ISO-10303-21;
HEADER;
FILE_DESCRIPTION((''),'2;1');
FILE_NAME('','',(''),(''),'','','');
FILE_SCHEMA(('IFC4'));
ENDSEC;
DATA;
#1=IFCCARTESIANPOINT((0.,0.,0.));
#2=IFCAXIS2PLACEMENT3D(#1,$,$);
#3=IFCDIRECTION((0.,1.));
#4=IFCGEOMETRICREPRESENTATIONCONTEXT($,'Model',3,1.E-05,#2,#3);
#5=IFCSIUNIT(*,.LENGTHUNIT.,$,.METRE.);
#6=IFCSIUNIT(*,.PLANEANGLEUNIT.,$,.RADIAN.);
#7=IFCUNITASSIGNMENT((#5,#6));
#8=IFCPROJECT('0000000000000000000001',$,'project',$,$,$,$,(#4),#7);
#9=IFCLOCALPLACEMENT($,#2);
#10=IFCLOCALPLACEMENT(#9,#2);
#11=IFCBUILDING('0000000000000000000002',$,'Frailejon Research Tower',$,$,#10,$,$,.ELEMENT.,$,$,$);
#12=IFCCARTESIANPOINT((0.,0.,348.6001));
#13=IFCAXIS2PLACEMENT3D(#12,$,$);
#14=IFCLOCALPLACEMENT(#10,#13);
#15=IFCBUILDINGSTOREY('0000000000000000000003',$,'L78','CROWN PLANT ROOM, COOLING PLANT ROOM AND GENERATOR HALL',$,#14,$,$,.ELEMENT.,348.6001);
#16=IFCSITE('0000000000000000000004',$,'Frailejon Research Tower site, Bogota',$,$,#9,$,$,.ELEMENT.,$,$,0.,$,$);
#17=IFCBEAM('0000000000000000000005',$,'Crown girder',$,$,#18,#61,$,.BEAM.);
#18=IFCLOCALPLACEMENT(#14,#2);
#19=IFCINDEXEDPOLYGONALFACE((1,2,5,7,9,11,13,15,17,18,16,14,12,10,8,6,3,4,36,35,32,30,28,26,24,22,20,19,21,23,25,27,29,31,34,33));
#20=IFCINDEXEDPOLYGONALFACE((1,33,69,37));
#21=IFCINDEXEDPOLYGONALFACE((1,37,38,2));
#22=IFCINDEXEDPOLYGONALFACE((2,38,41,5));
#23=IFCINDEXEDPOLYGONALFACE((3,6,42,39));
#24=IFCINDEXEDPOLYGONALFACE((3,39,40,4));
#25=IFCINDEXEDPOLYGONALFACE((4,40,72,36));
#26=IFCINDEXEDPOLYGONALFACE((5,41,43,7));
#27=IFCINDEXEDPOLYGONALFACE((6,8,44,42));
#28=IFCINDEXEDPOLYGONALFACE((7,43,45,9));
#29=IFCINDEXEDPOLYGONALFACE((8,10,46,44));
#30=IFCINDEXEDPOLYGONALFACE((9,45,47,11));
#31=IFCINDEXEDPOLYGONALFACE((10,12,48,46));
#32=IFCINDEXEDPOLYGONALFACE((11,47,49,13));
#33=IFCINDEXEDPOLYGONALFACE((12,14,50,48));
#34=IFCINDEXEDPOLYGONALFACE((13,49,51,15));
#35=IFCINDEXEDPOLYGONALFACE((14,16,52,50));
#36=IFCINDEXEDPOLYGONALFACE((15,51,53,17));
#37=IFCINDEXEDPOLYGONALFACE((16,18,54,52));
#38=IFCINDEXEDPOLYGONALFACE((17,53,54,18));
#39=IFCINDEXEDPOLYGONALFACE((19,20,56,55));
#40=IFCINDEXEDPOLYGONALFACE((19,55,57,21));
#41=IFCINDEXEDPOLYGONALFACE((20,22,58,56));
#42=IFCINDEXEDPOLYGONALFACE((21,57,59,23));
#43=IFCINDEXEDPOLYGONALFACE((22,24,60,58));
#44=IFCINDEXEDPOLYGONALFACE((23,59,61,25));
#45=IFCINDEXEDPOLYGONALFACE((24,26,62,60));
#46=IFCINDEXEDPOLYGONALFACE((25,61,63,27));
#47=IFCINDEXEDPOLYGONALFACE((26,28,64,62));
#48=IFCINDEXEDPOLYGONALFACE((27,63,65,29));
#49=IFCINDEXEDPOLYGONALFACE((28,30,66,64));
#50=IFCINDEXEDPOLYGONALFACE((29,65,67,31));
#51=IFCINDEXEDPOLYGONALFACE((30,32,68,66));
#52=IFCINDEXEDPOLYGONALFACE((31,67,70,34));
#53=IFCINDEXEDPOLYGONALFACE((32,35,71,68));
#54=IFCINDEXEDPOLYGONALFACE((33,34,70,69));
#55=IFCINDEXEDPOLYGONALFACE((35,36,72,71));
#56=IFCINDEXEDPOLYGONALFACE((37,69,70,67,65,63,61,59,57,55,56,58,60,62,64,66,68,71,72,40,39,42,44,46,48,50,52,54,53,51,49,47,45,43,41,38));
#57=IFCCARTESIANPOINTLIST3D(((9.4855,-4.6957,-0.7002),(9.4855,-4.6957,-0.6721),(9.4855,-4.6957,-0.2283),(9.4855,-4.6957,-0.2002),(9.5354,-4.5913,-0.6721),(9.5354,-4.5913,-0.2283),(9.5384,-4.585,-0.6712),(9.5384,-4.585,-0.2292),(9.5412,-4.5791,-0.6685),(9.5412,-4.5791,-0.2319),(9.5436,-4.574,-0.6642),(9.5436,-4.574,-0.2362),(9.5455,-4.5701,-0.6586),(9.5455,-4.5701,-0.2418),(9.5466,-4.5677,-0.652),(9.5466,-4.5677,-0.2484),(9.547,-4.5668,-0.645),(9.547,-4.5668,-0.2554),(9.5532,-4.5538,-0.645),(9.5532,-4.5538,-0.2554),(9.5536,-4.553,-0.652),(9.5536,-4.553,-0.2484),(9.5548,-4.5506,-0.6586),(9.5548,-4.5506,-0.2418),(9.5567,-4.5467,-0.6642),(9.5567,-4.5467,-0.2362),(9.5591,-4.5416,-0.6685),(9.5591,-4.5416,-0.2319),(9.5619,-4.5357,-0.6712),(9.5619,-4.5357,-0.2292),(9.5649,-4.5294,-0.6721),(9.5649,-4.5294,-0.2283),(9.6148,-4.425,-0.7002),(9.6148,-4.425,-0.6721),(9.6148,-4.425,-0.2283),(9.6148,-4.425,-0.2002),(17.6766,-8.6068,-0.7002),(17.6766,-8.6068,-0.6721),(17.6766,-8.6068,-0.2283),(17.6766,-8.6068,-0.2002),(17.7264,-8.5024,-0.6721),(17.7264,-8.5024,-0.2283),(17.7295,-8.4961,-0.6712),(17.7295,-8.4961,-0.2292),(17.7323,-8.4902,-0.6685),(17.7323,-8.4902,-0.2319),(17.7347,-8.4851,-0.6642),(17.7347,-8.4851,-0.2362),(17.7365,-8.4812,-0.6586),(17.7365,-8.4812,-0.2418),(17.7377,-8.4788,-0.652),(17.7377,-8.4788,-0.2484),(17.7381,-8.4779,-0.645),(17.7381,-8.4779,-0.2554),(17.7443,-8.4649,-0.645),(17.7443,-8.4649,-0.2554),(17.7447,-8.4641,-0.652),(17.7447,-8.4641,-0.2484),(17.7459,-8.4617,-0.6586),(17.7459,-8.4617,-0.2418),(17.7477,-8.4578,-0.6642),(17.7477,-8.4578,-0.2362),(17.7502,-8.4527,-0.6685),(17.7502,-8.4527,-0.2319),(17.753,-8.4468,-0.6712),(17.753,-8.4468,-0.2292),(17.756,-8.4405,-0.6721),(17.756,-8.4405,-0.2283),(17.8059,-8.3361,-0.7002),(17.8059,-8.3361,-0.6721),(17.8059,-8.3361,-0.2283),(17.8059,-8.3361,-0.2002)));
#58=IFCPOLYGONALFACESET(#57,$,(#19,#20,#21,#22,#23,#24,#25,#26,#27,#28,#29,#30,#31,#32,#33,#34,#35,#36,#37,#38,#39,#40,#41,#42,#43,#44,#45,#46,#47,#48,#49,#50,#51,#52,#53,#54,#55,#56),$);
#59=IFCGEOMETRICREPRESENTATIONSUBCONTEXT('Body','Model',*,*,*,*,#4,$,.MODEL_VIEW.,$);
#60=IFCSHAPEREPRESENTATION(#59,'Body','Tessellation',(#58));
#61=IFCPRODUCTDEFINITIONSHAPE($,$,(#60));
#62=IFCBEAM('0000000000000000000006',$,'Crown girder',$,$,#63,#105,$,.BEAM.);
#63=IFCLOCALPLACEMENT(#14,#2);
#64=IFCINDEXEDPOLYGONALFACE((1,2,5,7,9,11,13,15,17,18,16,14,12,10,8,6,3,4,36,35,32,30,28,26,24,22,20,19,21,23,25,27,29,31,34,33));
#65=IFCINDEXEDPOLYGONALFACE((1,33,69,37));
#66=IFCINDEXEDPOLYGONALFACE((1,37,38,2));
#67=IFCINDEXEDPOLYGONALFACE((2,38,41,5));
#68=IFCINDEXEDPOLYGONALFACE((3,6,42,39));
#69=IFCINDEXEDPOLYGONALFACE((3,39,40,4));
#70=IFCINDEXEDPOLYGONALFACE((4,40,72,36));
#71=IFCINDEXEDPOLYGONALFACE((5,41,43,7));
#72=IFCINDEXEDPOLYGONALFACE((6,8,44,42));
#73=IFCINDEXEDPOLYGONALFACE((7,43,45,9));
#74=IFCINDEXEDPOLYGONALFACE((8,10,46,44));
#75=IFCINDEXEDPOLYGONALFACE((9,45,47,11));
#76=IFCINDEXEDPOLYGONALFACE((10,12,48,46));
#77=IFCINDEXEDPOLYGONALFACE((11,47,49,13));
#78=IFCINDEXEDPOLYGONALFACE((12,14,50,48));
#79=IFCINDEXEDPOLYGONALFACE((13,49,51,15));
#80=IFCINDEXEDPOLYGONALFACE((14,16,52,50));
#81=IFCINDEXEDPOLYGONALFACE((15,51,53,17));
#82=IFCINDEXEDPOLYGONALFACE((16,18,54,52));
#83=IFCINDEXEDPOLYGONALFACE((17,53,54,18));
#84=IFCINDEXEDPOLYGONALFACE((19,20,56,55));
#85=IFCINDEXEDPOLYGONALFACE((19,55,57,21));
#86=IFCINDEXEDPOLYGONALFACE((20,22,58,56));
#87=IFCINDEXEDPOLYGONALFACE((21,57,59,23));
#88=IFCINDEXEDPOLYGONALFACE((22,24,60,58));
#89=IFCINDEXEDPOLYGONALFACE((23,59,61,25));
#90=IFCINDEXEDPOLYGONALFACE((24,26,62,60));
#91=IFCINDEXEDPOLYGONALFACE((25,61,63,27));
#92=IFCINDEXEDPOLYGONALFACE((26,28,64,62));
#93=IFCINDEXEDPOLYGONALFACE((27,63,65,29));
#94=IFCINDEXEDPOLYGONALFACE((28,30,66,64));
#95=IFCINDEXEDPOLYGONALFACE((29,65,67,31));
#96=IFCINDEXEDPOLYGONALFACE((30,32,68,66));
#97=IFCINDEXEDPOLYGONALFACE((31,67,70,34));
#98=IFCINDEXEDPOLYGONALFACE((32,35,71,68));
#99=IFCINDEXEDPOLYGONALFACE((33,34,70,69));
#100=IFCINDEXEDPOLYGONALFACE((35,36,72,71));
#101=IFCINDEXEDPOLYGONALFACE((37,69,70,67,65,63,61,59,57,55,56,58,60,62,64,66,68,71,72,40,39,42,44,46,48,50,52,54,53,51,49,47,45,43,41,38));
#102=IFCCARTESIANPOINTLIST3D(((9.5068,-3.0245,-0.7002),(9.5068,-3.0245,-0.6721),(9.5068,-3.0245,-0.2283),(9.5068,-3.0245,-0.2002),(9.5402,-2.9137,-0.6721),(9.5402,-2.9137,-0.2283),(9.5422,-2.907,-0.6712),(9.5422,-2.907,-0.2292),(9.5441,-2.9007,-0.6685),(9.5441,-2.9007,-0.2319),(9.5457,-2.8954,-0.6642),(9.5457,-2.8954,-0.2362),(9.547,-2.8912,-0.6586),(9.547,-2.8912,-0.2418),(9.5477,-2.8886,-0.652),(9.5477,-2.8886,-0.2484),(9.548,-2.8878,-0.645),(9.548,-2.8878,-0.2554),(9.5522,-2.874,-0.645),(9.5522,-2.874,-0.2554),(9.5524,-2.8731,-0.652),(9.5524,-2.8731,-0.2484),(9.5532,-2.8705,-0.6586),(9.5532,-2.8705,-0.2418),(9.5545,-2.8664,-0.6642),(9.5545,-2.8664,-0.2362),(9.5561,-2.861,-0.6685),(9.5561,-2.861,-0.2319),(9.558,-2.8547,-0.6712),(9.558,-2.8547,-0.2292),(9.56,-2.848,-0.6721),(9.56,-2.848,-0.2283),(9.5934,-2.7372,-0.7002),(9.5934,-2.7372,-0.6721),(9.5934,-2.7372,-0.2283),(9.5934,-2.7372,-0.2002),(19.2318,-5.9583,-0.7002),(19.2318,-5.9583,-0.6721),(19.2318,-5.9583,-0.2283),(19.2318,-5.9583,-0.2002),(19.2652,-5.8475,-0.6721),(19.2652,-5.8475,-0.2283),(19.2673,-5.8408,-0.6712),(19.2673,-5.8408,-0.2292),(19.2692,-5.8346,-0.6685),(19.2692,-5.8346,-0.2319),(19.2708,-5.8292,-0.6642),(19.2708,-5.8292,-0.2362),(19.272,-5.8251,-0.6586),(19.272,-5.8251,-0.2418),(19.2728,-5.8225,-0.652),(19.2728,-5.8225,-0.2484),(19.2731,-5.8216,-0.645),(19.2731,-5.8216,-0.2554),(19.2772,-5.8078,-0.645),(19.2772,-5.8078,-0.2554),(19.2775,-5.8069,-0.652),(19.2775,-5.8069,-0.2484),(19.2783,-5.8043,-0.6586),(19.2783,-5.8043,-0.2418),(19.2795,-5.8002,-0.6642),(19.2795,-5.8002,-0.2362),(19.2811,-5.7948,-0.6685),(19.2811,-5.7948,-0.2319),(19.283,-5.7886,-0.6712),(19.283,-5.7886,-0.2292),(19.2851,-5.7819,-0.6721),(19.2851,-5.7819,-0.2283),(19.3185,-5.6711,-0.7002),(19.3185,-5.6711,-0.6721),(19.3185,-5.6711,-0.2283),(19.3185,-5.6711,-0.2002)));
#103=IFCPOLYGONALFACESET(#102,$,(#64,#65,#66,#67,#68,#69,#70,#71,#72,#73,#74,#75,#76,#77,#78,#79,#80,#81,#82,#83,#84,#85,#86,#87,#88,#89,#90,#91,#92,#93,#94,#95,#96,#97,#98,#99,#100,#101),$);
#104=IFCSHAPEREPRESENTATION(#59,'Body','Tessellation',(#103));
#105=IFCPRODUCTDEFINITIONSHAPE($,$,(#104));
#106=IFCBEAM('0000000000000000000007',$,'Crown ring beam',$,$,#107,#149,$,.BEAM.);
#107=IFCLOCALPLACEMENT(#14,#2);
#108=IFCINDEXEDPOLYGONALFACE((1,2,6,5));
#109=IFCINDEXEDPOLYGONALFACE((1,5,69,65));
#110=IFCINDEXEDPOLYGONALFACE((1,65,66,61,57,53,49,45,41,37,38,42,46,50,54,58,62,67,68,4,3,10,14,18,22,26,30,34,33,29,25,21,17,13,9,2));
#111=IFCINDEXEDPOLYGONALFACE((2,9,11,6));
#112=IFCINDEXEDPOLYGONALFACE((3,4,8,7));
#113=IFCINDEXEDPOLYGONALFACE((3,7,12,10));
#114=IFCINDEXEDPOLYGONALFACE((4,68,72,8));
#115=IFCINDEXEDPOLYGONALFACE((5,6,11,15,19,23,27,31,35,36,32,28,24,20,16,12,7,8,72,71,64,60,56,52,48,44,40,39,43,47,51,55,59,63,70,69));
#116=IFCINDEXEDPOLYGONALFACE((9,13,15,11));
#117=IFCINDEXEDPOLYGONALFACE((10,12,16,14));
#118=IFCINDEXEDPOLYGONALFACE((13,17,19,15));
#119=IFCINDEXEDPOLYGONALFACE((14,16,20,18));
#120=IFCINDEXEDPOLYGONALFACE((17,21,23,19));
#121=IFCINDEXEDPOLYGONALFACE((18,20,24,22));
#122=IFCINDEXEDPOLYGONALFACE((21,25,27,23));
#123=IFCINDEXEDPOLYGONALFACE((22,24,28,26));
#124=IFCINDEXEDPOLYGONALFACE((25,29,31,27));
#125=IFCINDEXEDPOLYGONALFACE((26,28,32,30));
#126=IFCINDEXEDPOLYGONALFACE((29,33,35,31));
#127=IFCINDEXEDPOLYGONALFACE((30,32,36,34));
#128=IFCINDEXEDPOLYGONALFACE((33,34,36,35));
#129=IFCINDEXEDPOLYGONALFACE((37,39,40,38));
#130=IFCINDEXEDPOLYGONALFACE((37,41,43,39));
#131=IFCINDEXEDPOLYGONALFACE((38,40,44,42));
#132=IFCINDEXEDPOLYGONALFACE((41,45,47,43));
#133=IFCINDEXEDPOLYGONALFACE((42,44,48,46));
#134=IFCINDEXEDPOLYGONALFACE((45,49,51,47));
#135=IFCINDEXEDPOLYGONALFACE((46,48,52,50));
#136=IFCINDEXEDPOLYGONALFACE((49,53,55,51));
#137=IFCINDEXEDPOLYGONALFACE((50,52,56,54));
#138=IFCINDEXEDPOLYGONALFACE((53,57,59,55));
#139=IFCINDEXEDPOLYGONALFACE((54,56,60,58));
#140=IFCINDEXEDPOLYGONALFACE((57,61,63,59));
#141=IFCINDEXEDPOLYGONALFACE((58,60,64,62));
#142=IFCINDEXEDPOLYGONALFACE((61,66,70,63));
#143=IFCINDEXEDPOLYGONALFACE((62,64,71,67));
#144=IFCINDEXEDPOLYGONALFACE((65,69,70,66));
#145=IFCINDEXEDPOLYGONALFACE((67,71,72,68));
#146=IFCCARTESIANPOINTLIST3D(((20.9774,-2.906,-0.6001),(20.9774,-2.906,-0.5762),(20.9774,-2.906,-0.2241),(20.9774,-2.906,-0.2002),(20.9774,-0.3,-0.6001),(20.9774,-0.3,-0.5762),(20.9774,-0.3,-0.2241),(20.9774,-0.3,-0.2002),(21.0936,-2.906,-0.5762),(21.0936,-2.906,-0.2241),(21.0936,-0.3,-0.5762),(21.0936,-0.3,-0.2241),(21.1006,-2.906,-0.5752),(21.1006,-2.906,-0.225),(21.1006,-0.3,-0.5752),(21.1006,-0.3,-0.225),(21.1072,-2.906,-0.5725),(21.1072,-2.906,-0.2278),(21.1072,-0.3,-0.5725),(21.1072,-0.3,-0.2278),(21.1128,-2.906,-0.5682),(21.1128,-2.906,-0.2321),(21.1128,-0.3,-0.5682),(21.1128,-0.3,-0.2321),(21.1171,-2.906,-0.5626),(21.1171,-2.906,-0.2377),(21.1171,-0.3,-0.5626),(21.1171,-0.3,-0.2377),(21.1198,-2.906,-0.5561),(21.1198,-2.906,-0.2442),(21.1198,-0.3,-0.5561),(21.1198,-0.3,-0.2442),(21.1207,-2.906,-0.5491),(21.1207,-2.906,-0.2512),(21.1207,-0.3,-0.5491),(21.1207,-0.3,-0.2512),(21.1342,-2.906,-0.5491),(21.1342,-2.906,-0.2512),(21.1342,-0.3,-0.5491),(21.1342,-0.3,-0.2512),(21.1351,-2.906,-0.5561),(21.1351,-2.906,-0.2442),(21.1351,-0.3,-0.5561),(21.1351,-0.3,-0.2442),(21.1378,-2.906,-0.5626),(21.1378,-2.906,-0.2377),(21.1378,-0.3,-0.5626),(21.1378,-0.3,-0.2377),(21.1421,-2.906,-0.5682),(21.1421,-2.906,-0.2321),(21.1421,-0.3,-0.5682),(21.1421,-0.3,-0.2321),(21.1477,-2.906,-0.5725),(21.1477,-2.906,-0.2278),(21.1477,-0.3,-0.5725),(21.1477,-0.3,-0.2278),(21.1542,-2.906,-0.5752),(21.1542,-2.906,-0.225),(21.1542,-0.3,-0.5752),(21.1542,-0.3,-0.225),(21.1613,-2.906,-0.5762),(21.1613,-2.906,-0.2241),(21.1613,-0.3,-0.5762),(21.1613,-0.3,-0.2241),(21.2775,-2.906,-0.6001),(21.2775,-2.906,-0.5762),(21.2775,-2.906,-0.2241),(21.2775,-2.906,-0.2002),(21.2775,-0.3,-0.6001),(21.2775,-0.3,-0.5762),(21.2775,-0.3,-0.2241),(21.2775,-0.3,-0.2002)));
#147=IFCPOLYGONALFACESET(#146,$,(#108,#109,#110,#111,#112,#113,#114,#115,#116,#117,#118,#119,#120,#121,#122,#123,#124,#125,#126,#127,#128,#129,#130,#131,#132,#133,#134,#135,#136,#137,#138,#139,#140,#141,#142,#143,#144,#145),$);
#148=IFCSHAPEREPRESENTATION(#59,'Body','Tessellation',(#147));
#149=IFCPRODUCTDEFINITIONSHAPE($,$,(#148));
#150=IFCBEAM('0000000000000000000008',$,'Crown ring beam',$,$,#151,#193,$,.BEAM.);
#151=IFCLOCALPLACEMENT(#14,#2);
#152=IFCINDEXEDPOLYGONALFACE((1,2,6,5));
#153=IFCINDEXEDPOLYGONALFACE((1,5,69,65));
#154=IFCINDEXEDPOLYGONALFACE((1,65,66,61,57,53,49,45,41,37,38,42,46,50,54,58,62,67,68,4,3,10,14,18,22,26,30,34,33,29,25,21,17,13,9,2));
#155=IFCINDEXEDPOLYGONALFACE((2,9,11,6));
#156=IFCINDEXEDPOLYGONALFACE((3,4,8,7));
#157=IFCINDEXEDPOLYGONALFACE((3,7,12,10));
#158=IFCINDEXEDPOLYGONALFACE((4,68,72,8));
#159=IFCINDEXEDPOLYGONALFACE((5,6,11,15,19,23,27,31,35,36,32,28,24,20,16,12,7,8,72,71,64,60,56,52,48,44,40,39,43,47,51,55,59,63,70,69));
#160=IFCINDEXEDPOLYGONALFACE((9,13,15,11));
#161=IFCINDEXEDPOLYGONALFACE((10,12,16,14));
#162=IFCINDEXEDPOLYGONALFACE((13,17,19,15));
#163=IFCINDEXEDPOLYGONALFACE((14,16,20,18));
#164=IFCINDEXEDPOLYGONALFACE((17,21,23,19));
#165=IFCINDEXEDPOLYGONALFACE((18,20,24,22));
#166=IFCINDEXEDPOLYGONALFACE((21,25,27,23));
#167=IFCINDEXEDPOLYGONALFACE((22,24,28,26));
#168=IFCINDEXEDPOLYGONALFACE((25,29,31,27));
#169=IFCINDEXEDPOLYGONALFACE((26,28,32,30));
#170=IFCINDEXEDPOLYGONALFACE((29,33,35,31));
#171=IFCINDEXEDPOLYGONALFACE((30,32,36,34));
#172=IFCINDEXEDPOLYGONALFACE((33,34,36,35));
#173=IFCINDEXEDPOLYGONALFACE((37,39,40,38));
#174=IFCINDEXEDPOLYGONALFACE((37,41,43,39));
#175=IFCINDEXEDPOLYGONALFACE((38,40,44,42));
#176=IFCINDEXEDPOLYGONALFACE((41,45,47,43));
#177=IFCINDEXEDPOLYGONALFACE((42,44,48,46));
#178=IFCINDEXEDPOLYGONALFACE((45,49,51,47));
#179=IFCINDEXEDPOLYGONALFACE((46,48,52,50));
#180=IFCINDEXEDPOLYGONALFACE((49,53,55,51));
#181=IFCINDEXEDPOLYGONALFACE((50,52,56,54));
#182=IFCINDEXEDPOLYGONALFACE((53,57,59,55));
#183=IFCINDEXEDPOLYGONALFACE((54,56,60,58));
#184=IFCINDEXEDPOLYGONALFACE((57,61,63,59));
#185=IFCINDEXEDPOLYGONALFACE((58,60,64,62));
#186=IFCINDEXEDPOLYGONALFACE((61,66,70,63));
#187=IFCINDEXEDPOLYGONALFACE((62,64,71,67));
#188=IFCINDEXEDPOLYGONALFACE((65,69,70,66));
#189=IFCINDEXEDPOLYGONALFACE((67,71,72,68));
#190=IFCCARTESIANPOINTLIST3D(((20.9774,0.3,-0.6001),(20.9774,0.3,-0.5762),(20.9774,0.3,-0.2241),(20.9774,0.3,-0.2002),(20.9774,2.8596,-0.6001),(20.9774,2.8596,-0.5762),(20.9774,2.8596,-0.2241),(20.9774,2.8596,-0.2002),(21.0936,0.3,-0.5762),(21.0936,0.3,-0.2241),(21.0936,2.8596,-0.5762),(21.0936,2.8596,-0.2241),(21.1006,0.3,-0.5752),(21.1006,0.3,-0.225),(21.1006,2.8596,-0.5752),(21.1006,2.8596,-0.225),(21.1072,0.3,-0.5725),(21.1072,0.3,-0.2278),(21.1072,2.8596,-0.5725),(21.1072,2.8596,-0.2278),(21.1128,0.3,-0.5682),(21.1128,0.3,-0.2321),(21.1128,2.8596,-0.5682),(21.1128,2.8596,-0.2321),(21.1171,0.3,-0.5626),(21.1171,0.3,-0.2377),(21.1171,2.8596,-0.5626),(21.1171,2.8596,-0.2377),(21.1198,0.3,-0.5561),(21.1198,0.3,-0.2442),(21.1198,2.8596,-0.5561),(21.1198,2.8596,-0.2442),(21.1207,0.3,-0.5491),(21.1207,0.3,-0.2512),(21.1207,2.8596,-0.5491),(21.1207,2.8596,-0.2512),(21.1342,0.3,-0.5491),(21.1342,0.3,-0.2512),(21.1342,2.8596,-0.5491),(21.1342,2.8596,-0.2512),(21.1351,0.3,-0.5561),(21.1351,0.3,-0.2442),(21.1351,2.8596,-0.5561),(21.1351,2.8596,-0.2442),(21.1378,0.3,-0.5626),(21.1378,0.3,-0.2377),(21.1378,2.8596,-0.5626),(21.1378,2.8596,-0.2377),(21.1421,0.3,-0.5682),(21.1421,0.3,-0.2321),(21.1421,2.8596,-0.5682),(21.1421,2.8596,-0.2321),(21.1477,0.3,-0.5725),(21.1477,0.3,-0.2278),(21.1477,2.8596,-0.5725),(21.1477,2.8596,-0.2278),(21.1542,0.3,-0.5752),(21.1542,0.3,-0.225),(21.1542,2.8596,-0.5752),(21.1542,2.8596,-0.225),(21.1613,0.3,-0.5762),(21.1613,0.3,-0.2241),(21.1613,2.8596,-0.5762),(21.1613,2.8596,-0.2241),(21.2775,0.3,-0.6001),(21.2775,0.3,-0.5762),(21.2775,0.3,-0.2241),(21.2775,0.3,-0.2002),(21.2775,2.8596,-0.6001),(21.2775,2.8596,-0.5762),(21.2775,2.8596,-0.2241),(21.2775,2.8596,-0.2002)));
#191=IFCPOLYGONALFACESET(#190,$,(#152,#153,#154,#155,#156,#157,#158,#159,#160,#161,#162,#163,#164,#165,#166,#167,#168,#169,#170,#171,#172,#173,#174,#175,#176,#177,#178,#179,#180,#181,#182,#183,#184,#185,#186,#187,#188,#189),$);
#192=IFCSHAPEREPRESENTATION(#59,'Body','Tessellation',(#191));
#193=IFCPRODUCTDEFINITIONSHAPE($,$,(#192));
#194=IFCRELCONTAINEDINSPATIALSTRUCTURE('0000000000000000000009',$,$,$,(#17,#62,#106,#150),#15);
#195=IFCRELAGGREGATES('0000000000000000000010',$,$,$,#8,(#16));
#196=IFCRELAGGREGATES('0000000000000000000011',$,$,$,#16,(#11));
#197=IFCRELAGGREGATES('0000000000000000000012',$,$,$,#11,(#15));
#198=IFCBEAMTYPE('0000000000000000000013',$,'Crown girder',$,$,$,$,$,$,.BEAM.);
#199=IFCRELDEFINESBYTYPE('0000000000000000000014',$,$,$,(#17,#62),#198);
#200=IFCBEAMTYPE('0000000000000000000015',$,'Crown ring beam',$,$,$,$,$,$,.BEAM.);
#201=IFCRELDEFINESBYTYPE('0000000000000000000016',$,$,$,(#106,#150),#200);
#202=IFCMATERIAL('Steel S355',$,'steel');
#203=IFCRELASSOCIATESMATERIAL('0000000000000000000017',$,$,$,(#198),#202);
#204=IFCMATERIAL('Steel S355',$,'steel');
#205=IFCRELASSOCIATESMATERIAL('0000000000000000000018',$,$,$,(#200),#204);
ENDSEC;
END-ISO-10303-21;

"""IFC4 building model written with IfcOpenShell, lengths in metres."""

from ifc_helpers import new_model, si_unit, direction, frame, origin, origin_2d, place, context, subcontext, project, spatial, i_section, extrude, material, material_profile, profile_set, type_object, element, save


model = new_model("IFC4")

# Units and contexts
model_context = context("Model", 3, precision=1e-05, world=origin(), true_north=direction((0.0, 1.0)))
body_context = subcontext(model_context, "Body", "Model", "MODEL_VIEW")
ifc_project = project(units=[si_unit("LENGTHUNIT", "METRE"), si_unit("PLANEANGLEUNIT", "RADIAN")], contexts=[model_context])

# Site, building, storey
site_placement = place(None, origin())
site = spatial("IfcSite", under=ifc_project, at=site_placement, Name="Frailejon Research Tower site, Bogota", CompositionType="ELEMENT", RefElevation=0.0)
building_placement = place(site_placement, origin())
building = spatial("IfcBuilding", under=site, at=building_placement, Name="Frailejon Research Tower", CompositionType="ELEMENT")
storey_placement = place(building_placement, frame((0.0, 0.0, 348.6001)))
storey = spatial("IfcBuildingStorey", under=building, at=storey_placement, Name="L78", Description="CROWN PLANT ROOM, COOLING PLANT ROOM AND GENERATOR HALL", CompositionType="ELEMENT", Elevation=348.6001)

# Beams
ifc_material_1 = material(Name="Steel S355", Category="steel")
ifc_material_profile_1 = material_profile(ifc_material_1, i_section(OverallWidth=0.3, OverallDepth=0.5, WebThickness=0.0144, FlangeThickness=0.0281, FilletRadius=0.0271, at=origin_2d()), Name="HE 500 B")
ifc_profile_set_1 = profile_set([ifc_material_profile_1], Name="Steel S355")
beam_type_1 = type_object("IfcBeamType", Name="Crown girder", PredefinedType="BEAM", material=ifc_profile_set_1)
beam_1_placement = place(storey_placement, frame((17.7412, -8.4714, -0.4502), z_axis=(-0.902408, 0.430883, 0.0), x_axis=(-0.430883, -0.902408, 0.0)))
element("IfcBeam", 1, at=beam_1_placement, inside=storey, type_object=beam_type_1, Name="Crown girder", PredefinedType="BEAM", context=body_context, shape_type="SweptSolid", body=[
    extrude(i_section(OverallWidth=0.3, OverallDepth=0.5, WebThickness=0.0144, FlangeThickness=0.0281, FilletRadius=0.0271, at=origin_2d()), origin(), (0.0, 0.0, 1.0), 9.0769),
])
beam_2_placement = place(storey_placement, frame((19.2751, -5.8147, -0.4502), z_axis=(-0.957383, 0.28882, 0.0), x_axis=(-0.28882, -0.957383, 0.0)))
element("IfcBeam", 2, at=beam_2_placement, inside=storey, type_object=beam_type_1, Name="Crown girder", PredefinedType="BEAM", context=body_context, shape_type="SweptSolid", body=[
    extrude(i_section(OverallWidth=0.3, OverallDepth=0.5, WebThickness=0.0144, FlangeThickness=0.0281, FilletRadius=0.0271, at=origin_2d()), origin(), (0.0, 0.0, 1.0), 10.158),
])
ifc_material_2 = material(Name="Steel S355", Category="steel")
ifc_material_profile_2 = material_profile(ifc_material_2, i_section(OverallWidth=0.3, OverallDepth=0.3999, WebThickness=0.0134, FlangeThickness=0.0239, FilletRadius=0.0271, at=origin_2d()), Name="HE 400 B")
ifc_profile_set_2 = profile_set([ifc_material_profile_2], Name="Steel S355")
beam_type_2 = type_object("IfcBeamType", Name="Crown ring beam", PredefinedType="BEAM", material=ifc_profile_set_2)
beam_3_placement = place(storey_placement, frame((21.1274, -2.906, -0.4001), z_axis=(0.0, 1.0, 0.0), x_axis=(-1.0, 0.0, 0.0)))
element("IfcBeam", 3, at=beam_3_placement, inside=storey, type_object=beam_type_2, Name="Crown ring beam", PredefinedType="BEAM", context=body_context, shape_type="SweptSolid", body=[
    extrude(i_section(OverallWidth=0.3, OverallDepth=0.3999, WebThickness=0.0134, FlangeThickness=0.0239, FilletRadius=0.0271, at=origin_2d()), origin(), (0.0, 0.0, 1.0), 2.606),
])
beam_4_placement = place(storey_placement, frame((21.1274, 0.3, -0.4001), z_axis=(0.0, 1.0, 0.0), x_axis=(-1.0, 0.0, 0.0)))
element("IfcBeam", 4, at=beam_4_placement, inside=storey, type_object=beam_type_2, Name="Crown ring beam", PredefinedType="BEAM", context=body_context, shape_type="SweptSolid", body=[
    extrude(i_section(OverallWidth=0.3, OverallDepth=0.3999, WebThickness=0.0134, FlangeThickness=0.0239, FilletRadius=0.0271, at=origin_2d()), origin(), (0.0, 0.0, 1.0), 2.5596),
])

save(model, "model.ifc")
